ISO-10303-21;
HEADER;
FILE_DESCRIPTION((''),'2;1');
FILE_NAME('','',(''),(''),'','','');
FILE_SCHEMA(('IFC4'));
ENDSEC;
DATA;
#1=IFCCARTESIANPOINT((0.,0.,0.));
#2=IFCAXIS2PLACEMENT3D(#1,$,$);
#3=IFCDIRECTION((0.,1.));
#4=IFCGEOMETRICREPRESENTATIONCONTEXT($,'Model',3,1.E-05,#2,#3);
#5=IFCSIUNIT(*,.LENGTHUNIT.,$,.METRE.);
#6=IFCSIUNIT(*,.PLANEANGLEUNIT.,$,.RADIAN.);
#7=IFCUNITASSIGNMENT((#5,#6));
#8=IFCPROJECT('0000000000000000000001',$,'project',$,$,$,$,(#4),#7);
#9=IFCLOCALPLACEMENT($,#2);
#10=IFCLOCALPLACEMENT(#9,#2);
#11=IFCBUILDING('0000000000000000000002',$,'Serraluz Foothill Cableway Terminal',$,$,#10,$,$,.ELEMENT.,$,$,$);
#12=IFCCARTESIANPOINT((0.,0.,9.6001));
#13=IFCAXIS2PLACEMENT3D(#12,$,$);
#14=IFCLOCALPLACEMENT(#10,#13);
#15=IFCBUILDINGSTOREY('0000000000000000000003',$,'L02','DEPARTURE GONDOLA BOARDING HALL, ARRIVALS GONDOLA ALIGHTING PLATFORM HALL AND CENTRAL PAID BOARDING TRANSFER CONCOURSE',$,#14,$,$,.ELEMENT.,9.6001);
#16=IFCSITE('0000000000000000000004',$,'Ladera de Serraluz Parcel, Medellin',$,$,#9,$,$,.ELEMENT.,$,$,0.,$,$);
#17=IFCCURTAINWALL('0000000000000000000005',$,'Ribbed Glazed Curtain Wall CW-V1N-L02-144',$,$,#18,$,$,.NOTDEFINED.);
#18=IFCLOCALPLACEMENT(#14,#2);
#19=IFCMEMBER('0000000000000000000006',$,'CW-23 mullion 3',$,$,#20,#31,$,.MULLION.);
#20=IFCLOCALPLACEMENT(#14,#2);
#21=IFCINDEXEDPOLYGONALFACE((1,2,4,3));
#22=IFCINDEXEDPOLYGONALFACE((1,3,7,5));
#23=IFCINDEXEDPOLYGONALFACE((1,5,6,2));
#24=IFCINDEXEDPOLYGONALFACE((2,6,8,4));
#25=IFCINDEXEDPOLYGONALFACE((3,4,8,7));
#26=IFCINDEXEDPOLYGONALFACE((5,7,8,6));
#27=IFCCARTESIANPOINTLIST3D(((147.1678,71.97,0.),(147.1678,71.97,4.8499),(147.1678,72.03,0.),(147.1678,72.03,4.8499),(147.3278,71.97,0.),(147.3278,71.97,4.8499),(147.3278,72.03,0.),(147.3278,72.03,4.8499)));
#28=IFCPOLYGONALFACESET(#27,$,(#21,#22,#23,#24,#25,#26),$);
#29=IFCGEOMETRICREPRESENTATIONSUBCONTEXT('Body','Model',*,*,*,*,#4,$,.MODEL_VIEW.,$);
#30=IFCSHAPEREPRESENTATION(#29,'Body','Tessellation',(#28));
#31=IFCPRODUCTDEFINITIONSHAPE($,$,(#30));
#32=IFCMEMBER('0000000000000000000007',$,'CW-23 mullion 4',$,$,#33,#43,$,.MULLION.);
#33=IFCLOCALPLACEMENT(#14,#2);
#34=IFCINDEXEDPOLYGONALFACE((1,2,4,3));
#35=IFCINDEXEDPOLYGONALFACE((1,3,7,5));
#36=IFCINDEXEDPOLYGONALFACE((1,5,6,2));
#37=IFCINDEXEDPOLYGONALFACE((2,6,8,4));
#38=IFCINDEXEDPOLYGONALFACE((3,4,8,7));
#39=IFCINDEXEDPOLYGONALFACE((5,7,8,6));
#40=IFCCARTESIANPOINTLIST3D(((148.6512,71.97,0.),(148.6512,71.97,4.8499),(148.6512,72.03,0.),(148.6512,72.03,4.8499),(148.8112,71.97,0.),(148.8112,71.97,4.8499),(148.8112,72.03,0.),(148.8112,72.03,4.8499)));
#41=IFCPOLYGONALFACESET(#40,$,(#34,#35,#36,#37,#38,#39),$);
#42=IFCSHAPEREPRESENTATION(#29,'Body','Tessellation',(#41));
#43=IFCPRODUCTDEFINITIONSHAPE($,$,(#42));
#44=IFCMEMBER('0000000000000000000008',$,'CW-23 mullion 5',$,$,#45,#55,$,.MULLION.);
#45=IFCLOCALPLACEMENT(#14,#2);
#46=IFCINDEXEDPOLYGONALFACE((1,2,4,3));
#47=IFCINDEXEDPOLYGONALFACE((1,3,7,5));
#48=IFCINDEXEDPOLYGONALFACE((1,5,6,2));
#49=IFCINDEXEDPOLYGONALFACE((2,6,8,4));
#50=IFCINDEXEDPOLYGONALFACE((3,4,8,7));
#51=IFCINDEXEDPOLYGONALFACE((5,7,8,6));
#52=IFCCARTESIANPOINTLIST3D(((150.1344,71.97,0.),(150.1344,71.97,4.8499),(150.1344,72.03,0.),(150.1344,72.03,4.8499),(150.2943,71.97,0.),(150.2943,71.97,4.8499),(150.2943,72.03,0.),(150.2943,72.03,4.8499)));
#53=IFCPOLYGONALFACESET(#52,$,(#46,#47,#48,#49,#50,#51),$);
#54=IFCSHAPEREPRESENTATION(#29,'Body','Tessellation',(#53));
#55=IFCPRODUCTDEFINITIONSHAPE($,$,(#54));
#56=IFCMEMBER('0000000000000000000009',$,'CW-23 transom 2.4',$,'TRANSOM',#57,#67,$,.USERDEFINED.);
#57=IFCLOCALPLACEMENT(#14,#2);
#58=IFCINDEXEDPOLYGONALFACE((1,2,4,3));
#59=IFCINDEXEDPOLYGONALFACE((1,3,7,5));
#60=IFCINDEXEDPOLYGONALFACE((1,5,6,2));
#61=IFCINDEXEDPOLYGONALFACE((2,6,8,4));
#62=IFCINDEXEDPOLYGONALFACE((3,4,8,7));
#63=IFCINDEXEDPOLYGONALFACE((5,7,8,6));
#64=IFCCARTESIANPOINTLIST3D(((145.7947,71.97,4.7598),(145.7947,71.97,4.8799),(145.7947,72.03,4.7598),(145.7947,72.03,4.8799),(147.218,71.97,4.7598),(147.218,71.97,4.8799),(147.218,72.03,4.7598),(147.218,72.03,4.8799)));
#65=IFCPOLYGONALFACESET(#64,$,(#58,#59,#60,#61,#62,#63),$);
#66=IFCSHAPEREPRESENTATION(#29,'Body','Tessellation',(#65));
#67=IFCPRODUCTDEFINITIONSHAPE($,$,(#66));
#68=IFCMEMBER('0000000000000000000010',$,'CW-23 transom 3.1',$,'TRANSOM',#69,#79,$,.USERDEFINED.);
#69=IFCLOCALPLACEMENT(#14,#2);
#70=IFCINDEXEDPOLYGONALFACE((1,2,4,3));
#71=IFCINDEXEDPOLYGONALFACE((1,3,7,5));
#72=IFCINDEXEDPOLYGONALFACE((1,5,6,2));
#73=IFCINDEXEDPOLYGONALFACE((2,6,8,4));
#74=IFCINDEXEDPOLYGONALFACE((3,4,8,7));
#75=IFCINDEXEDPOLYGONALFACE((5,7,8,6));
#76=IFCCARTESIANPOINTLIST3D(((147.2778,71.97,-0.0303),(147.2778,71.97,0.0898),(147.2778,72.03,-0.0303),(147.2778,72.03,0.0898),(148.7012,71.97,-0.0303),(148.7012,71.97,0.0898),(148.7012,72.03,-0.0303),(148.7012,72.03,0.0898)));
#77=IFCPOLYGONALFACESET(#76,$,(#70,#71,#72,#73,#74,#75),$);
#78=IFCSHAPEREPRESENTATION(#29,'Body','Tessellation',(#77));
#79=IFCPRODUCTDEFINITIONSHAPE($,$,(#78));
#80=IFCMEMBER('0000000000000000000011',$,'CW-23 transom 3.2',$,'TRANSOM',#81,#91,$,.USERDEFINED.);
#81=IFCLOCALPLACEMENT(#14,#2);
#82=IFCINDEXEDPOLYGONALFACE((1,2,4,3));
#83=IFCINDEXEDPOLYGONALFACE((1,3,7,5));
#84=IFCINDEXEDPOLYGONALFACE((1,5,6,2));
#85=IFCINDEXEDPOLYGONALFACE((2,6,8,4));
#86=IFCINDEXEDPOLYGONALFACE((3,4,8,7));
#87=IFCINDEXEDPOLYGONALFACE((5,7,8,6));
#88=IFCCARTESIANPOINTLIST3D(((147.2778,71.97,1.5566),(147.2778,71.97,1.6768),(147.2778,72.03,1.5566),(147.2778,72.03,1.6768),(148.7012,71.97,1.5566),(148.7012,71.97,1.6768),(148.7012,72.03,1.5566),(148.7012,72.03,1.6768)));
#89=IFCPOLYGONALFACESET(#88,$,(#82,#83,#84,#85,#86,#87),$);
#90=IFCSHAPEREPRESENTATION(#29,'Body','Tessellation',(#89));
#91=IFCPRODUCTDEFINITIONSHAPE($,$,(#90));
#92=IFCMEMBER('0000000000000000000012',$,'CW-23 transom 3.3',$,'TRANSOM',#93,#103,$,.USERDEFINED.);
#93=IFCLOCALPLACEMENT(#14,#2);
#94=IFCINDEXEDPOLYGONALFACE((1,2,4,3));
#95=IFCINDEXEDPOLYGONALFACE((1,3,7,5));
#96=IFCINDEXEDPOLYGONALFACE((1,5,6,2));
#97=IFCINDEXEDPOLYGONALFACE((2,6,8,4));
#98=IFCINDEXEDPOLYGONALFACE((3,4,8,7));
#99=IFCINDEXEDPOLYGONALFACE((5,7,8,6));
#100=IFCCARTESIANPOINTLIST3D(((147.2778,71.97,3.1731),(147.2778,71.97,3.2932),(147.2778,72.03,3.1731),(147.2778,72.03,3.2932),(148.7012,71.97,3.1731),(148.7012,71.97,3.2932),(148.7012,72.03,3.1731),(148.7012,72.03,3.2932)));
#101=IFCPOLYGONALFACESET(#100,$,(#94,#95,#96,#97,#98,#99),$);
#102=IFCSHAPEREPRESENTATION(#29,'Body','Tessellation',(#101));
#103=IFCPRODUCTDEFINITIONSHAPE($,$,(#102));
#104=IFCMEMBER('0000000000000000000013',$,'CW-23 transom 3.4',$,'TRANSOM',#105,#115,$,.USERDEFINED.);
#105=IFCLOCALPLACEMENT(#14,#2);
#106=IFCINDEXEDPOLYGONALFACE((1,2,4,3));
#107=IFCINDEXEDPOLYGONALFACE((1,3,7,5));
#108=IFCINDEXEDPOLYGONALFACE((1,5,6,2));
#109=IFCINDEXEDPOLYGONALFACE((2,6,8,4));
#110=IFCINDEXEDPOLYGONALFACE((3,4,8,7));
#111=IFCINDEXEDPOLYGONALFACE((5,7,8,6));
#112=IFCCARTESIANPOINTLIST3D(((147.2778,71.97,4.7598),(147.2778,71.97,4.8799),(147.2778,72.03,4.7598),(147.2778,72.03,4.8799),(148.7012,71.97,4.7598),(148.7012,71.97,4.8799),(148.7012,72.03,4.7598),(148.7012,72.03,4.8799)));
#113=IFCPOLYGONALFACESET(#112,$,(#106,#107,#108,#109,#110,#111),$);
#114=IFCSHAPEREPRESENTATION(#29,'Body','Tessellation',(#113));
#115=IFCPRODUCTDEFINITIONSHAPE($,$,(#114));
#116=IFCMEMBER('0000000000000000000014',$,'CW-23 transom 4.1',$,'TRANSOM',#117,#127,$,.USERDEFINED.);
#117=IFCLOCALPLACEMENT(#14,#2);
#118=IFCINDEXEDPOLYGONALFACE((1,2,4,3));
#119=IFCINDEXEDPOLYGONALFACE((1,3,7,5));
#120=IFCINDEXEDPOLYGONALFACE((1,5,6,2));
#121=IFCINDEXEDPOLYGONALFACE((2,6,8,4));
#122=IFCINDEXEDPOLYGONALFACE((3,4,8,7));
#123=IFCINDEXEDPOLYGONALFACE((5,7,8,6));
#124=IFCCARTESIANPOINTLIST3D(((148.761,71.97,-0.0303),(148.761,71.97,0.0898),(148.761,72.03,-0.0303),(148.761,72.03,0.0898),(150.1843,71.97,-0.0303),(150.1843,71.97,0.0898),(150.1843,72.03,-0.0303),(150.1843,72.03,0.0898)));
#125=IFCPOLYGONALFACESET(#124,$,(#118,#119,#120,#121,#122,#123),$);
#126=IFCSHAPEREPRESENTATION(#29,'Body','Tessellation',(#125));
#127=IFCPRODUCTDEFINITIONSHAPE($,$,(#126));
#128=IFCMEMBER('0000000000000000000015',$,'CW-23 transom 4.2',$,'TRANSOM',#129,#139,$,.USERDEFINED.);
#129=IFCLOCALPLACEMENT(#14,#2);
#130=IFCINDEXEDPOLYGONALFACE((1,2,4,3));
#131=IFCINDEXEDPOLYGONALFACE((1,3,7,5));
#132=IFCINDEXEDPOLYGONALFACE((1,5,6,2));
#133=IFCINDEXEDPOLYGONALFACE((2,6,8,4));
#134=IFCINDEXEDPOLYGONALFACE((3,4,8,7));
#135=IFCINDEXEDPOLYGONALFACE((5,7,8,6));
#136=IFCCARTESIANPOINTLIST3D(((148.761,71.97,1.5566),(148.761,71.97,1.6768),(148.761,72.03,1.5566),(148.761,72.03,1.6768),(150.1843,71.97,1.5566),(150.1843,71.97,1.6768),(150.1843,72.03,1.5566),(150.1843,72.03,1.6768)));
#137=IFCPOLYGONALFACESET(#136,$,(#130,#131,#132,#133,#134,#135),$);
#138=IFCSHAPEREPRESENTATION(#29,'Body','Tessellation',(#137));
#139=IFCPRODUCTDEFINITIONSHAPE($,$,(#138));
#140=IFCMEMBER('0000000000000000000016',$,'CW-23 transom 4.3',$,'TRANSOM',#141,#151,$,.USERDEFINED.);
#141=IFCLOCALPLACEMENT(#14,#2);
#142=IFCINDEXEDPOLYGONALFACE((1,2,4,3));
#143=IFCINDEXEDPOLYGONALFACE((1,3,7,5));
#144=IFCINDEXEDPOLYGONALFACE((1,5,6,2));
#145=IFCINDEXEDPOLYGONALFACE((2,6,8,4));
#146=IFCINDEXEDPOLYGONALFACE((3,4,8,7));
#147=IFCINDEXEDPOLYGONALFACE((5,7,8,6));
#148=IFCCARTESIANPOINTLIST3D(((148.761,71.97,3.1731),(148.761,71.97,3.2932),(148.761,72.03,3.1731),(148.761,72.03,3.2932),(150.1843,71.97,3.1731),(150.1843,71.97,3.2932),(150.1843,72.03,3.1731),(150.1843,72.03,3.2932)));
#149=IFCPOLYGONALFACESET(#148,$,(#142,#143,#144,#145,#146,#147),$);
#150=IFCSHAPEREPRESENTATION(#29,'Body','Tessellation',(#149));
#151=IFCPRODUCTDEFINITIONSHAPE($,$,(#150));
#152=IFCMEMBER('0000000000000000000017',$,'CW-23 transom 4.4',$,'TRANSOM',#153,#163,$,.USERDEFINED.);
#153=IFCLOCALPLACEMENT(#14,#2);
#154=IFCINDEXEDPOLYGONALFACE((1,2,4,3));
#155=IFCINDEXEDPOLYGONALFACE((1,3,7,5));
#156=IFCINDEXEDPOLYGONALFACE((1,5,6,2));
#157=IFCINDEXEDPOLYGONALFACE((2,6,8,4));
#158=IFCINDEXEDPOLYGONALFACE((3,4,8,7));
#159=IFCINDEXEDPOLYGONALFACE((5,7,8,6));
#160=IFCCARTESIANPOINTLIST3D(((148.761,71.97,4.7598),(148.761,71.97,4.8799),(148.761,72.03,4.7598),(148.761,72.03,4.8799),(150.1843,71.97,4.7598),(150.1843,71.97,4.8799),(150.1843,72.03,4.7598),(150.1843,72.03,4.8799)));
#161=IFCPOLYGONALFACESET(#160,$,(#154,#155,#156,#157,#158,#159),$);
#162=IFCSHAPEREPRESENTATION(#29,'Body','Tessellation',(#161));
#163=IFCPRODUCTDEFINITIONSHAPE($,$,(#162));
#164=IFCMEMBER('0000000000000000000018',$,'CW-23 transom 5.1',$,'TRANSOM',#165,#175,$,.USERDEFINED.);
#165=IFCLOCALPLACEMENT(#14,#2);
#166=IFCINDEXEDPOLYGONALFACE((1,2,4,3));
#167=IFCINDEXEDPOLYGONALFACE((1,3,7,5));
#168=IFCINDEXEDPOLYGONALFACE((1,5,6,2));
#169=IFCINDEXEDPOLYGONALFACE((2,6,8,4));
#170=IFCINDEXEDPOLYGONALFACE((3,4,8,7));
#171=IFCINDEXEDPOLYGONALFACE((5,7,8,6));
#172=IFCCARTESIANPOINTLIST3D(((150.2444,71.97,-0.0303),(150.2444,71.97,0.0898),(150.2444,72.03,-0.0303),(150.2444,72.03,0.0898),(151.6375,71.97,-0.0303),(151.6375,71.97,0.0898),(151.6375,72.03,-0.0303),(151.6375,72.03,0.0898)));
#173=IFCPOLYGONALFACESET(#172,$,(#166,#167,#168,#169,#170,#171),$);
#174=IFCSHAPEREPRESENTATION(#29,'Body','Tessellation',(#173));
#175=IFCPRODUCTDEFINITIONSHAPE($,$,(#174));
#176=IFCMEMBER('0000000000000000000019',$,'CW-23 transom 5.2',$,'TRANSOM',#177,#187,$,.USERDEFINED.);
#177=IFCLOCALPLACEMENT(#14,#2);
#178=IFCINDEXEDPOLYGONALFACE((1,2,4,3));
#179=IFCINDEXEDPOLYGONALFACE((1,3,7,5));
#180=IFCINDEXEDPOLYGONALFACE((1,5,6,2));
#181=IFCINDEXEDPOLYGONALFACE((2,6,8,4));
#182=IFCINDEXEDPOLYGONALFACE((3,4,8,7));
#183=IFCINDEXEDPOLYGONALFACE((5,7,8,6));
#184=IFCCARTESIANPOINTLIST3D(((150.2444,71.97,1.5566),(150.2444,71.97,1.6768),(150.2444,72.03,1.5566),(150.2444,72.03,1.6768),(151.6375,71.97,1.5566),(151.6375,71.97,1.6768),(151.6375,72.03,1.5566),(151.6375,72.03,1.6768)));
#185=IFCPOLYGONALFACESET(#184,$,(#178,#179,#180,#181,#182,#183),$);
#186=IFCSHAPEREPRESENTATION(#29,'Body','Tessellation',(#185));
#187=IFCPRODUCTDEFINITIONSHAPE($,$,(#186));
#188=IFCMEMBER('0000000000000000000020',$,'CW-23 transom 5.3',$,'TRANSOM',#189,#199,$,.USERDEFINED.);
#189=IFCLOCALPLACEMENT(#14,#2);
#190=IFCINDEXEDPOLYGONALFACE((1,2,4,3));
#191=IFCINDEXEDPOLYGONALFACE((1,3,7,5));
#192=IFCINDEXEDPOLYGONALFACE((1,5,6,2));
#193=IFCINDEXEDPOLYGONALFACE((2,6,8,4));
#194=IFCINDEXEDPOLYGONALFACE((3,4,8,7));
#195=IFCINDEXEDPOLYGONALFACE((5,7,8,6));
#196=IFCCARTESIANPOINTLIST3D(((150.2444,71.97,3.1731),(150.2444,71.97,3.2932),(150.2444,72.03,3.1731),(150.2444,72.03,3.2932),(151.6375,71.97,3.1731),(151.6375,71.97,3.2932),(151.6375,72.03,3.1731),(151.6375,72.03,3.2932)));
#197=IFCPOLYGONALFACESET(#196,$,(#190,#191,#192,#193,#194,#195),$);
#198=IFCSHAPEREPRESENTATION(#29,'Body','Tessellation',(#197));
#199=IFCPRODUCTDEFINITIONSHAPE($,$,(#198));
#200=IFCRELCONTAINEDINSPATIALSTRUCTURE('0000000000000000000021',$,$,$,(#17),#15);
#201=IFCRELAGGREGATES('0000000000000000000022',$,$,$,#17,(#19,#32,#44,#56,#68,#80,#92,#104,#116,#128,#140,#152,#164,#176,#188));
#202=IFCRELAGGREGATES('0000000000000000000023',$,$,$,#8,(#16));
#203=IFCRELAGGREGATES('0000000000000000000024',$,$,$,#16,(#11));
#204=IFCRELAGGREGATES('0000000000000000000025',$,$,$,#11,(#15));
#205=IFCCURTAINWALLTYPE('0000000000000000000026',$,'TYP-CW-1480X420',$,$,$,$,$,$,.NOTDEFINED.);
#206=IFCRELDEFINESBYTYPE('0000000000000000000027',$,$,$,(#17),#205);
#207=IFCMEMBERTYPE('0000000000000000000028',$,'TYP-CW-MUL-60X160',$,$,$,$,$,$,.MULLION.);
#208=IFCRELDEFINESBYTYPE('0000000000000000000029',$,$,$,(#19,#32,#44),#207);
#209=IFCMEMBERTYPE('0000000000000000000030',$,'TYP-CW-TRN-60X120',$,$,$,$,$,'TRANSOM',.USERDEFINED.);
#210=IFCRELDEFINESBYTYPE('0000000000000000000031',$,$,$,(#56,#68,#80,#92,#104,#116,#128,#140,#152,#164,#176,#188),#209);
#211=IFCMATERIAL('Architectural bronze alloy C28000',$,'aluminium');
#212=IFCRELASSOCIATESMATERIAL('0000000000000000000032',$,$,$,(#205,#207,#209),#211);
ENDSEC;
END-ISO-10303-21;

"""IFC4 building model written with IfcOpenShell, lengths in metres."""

from ifc_helpers import new_model, si_unit, direction, frame, origin, origin_2d, place, context, subcontext, project, spatial, rectangle, extrude, material, material_profile, profile_set, type_object, element, aggregate, save


model = new_model("IFC4")

# Units and contexts
model_context = context("Model", 3, precision=1e-05, world=origin(), true_north=direction((0.0, 1.0)))
body_context = subcontext(model_context, "Body", "Model", "MODEL_VIEW")
ifc_project = project(units=[si_unit("LENGTHUNIT", "METRE"), si_unit("PLANEANGLEUNIT", "RADIAN")], contexts=[model_context])

# Site, building, storey
site_placement = place(None, origin())
site = spatial("IfcSite", under=ifc_project, at=site_placement, Name="Ladera de Serraluz Parcel, Medellin", CompositionType="ELEMENT", RefElevation=0.0)
building_placement = place(site_placement, origin())
building = spatial("IfcBuilding", under=site, at=building_placement, Name="Serraluz Foothill Cableway Terminal", CompositionType="ELEMENT")
storey_placement = place(building_placement, frame((0.0, 0.0, 9.6001)))
storey = spatial("IfcBuildingStorey", under=building, at=storey_placement, Name="L02", Description="DEPARTURE GONDOLA BOARDING HALL, ARRIVALS GONDOLA ALIGHTING PLATFORM HALL AND CENTRAL PAID BOARDING TRANSFER CONCOURSE", CompositionType="ELEMENT", Elevation=9.6001)

# Curtain wall, members
ifc_material_1 = material(Name="Architectural bronze alloy C28000", Category="aluminium")
curtain_wall_type = type_object("IfcCurtainWallType", Name="TYP-CW-1480X420", PredefinedType="NOTDEFINED", material=ifc_material_1)
curtain_wall_placement = place(storey_placement, origin())
curtain_wall = element("IfcCurtainWall", 1, at=curtain_wall_placement, inside=storey, type_object=curtain_wall_type, Name="Ribbed Glazed Curtain Wall CW-V1N-L02-144", PredefinedType="NOTDEFINED")
ifc_material_profile_1 = material_profile(ifc_material_1, rectangle(XDim=0.0601, YDim=0.1599, at=origin_2d()), Name="ALU MULLION 60x160")
ifc_profile_set_1 = profile_set([ifc_material_profile_1], Name="Architectural bronze alloy C28000")
member_type_1 = type_object("IfcMemberType", Name="TYP-CW-MUL-60X160", PredefinedType="MULLION", material=ifc_profile_set_1)
member_1_placement = place(storey_placement, frame((147.2478, 72.0, 0.0), z_axis=(0.0, 0.0, 1.0), x_axis=(0.0, 1.0, 0.0)))
member_1 = element("IfcMember", 2, at=member_1_placement, type_object=member_type_1, Name="CW-23 mullion 3", PredefinedType="MULLION", context=body_context, shape_type="SweptSolid", body=[
    extrude(rectangle(XDim=0.0601, YDim=0.1599, at=origin_2d()), origin(), (0.0, 0.0, 1.0), 4.8499),
])
member_2_placement = place(storey_placement, frame((148.7312, 72.0, 0.0), z_axis=(0.0, 0.0, 1.0), x_axis=(0.0, 1.0, 0.0)))
member_2 = element("IfcMember", 3, at=member_2_placement, type_object=member_type_1, Name="CW-23 mullion 4", PredefinedType="MULLION", context=body_context, shape_type="SweptSolid", body=[
    extrude(rectangle(XDim=0.0601, YDim=0.1599, at=origin_2d()), origin(), (0.0, 0.0, 1.0), 4.8499),
])
member_3_placement = place(storey_placement, frame((150.2144, 72.0, 0.0), z_axis=(0.0, 0.0, 1.0), x_axis=(0.0, 1.0, 0.0)))
member_3 = element("IfcMember", 4, at=member_3_placement, type_object=member_type_1, Name="CW-23 mullion 5", PredefinedType="MULLION", context=body_context, shape_type="SweptSolid", body=[
    extrude(rectangle(XDim=0.0601, YDim=0.1599, at=origin_2d()), origin(), (0.0, 0.0, 1.0), 4.8499),
])
ifc_material_profile_2 = material_profile(ifc_material_1, rectangle(XDim=0.0601, YDim=0.1201, at=origin_2d()), Name="ALU TRANSOM 60x120")
ifc_profile_set_2 = profile_set([ifc_material_profile_2], Name="Architectural bronze alloy C28000")
member_type_2 = type_object("IfcMemberType", Name="TYP-CW-TRN-60X120", ElementType="TRANSOM", PredefinedType="USERDEFINED", material=ifc_profile_set_2)
member_4_placement = place(storey_placement, frame((145.7947, 72.0, 4.8198), z_axis=(1.0, 0.0, 0.0), x_axis=(0.0, 1.0, 0.0)))
member_4 = element("IfcMember", 5, at=member_4_placement, type_object=member_type_2, Name="CW-23 transom 2.4", ObjectType="TRANSOM", PredefinedType="USERDEFINED", context=body_context, shape_type="SweptSolid", body=[
    extrude(rectangle(XDim=0.0601, YDim=0.1201, at=origin_2d()), origin(), (0.0, 0.0, 1.0), 1.4233),
])
member_5_placement = place(storey_placement, frame((147.2778, 72.0, 0.0298), z_axis=(1.0, 0.0, 0.0), x_axis=(0.0, 1.0, 0.0)))
member_5 = element("IfcMember", 6, at=member_5_placement, type_object=member_type_2, Name="CW-23 transom 3.1", ObjectType="TRANSOM", PredefinedType="USERDEFINED", context=body_context, shape_type="SweptSolid", body=[
    extrude(rectangle(XDim=0.0601, YDim=0.1201, at=origin_2d()), origin(), (0.0, 0.0, 1.0), 1.4233),
])
member_6_placement = place(storey_placement, frame((147.2778, 72.0, 1.6167), z_axis=(1.0, 0.0, 0.0), x_axis=(0.0, 1.0, 0.0)))
member_6 = element("IfcMember", 7, at=member_6_placement, type_object=member_type_2, Name="CW-23 transom 3.2", ObjectType="TRANSOM", PredefinedType="USERDEFINED", context=body_context, shape_type="SweptSolid", body=[
    extrude(rectangle(XDim=0.0601, YDim=0.1201, at=origin_2d()), origin(), (0.0, 0.0, 1.0), 1.4233),
])
member_7_placement = place(storey_placement, frame((147.2778, 72.0, 3.2332), z_axis=(1.0, 0.0, 0.0), x_axis=(0.0, 1.0, 0.0)))
member_7 = element("IfcMember", 8, at=member_7_placement, type_object=member_type_2, Name="CW-23 transom 3.3", ObjectType="TRANSOM", PredefinedType="USERDEFINED", context=body_context, shape_type="SweptSolid", body=[
    extrude(rectangle(XDim=0.0601, YDim=0.1201, at=origin_2d()), origin(), (0.0, 0.0, 1.0), 1.4233),
])
member_8_placement = place(storey_placement, frame((147.2778, 72.0, 4.8198), z_axis=(1.0, 0.0, 0.0), x_axis=(0.0, 1.0, 0.0)))
member_8 = element("IfcMember", 9, at=member_8_placement, type_object=member_type_2, Name="CW-23 transom 3.4", ObjectType="TRANSOM", PredefinedType="USERDEFINED", context=body_context, shape_type="SweptSolid", body=[
    extrude(rectangle(XDim=0.0601, YDim=0.1201, at=origin_2d()), origin(), (0.0, 0.0, 1.0), 1.4233),
])
member_9_placement = place(storey_placement, frame((148.761, 72.0, 0.0298), z_axis=(1.0, 0.0, 0.0), x_axis=(0.0, 1.0, 0.0)))
member_9 = element("IfcMember", 10, at=member_9_placement, type_object=member_type_2, Name="CW-23 transom 4.1", ObjectType="TRANSOM", PredefinedType="USERDEFINED", context=body_context, shape_type="SweptSolid", body=[
    extrude(rectangle(XDim=0.0601, YDim=0.1201, at=origin_2d()), origin(), (0.0, 0.0, 1.0), 1.4233),
])
member_10_placement = place(storey_placement, frame((148.761, 72.0, 1.6167), z_axis=(1.0, 0.0, 0.0), x_axis=(0.0, 1.0, 0.0)))
member_10 = element("IfcMember", 11, at=member_10_placement, type_object=member_type_2, Name="CW-23 transom 4.2", ObjectType="TRANSOM", PredefinedType="USERDEFINED", context=body_context, shape_type="SweptSolid", body=[
    extrude(rectangle(XDim=0.0601, YDim=0.1201, at=origin_2d()), origin(), (0.0, 0.0, 1.0), 1.4233),
])
member_11_placement = place(storey_placement, frame((148.761, 72.0, 3.2332), z_axis=(1.0, 0.0, 0.0), x_axis=(0.0, 1.0, 0.0)))
member_11 = element("IfcMember", 12, at=member_11_placement, type_object=member_type_2, Name="CW-23 transom 4.3", ObjectType="TRANSOM", PredefinedType="USERDEFINED", context=body_context, shape_type="SweptSolid", body=[
    extrude(rectangle(XDim=0.0601, YDim=0.1201, at=origin_2d()), origin(), (0.0, 0.0, 1.0), 1.4233),
])
member_12_placement = place(storey_placement, frame((148.761, 72.0, 4.8198), z_axis=(1.0, 0.0, 0.0), x_axis=(0.0, 1.0, 0.0)))
member_12 = element("IfcMember", 13, at=member_12_placement, type_object=member_type_2, Name="CW-23 transom 4.4", ObjectType="TRANSOM", PredefinedType="USERDEFINED", context=body_context, shape_type="SweptSolid", body=[
    extrude(rectangle(XDim=0.0601, YDim=0.1201, at=origin_2d()), origin(), (0.0, 0.0, 1.0), 1.4233),
])
member_13_placement = place(storey_placement, frame((150.2444, 72.0, 0.0298), z_axis=(1.0, 0.0, 0.0), x_axis=(0.0, 1.0, 0.0)))
member_13 = element("IfcMember", 14, at=member_13_placement, type_object=member_type_2, Name="CW-23 transom 5.1", ObjectType="TRANSOM", PredefinedType="USERDEFINED", context=body_context, shape_type="SweptSolid", body=[
    extrude(rectangle(XDim=0.0601, YDim=0.1201, at=origin_2d()), origin(), (0.0, 0.0, 1.0), 1.3931),
])
member_14_placement = place(storey_placement, frame((150.2444, 72.0, 1.6167), z_axis=(1.0, 0.0, 0.0), x_axis=(0.0, 1.0, 0.0)))
member_14 = element("IfcMember", 15, at=member_14_placement, type_object=member_type_2, Name="CW-23 transom 5.2", ObjectType="TRANSOM", PredefinedType="USERDEFINED", context=body_context, shape_type="SweptSolid", body=[
    extrude(rectangle(XDim=0.0601, YDim=0.1201, at=origin_2d()), origin(), (0.0, 0.0, 1.0), 1.3931),
])
member_15_placement = place(storey_placement, frame((150.2444, 72.0, 3.2332), z_axis=(1.0, 0.0, 0.0), x_axis=(0.0, 1.0, 0.0)))
member_15 = element("IfcMember", 16, at=member_15_placement, type_object=member_type_2, Name="CW-23 transom 5.3", ObjectType="TRANSOM", PredefinedType="USERDEFINED", context=body_context, shape_type="SweptSolid", body=[
    extrude(rectangle(XDim=0.0601, YDim=0.1201, at=origin_2d()), origin(), (0.0, 0.0, 1.0), 1.3931),
])
aggregate(curtain_wall, [member_1, member_2, member_3, member_4, member_5, member_6, member_7, member_8, member_9, member_10, member_11, member_12, member_13, member_14, member_15])

save(model, "model.ifc")
